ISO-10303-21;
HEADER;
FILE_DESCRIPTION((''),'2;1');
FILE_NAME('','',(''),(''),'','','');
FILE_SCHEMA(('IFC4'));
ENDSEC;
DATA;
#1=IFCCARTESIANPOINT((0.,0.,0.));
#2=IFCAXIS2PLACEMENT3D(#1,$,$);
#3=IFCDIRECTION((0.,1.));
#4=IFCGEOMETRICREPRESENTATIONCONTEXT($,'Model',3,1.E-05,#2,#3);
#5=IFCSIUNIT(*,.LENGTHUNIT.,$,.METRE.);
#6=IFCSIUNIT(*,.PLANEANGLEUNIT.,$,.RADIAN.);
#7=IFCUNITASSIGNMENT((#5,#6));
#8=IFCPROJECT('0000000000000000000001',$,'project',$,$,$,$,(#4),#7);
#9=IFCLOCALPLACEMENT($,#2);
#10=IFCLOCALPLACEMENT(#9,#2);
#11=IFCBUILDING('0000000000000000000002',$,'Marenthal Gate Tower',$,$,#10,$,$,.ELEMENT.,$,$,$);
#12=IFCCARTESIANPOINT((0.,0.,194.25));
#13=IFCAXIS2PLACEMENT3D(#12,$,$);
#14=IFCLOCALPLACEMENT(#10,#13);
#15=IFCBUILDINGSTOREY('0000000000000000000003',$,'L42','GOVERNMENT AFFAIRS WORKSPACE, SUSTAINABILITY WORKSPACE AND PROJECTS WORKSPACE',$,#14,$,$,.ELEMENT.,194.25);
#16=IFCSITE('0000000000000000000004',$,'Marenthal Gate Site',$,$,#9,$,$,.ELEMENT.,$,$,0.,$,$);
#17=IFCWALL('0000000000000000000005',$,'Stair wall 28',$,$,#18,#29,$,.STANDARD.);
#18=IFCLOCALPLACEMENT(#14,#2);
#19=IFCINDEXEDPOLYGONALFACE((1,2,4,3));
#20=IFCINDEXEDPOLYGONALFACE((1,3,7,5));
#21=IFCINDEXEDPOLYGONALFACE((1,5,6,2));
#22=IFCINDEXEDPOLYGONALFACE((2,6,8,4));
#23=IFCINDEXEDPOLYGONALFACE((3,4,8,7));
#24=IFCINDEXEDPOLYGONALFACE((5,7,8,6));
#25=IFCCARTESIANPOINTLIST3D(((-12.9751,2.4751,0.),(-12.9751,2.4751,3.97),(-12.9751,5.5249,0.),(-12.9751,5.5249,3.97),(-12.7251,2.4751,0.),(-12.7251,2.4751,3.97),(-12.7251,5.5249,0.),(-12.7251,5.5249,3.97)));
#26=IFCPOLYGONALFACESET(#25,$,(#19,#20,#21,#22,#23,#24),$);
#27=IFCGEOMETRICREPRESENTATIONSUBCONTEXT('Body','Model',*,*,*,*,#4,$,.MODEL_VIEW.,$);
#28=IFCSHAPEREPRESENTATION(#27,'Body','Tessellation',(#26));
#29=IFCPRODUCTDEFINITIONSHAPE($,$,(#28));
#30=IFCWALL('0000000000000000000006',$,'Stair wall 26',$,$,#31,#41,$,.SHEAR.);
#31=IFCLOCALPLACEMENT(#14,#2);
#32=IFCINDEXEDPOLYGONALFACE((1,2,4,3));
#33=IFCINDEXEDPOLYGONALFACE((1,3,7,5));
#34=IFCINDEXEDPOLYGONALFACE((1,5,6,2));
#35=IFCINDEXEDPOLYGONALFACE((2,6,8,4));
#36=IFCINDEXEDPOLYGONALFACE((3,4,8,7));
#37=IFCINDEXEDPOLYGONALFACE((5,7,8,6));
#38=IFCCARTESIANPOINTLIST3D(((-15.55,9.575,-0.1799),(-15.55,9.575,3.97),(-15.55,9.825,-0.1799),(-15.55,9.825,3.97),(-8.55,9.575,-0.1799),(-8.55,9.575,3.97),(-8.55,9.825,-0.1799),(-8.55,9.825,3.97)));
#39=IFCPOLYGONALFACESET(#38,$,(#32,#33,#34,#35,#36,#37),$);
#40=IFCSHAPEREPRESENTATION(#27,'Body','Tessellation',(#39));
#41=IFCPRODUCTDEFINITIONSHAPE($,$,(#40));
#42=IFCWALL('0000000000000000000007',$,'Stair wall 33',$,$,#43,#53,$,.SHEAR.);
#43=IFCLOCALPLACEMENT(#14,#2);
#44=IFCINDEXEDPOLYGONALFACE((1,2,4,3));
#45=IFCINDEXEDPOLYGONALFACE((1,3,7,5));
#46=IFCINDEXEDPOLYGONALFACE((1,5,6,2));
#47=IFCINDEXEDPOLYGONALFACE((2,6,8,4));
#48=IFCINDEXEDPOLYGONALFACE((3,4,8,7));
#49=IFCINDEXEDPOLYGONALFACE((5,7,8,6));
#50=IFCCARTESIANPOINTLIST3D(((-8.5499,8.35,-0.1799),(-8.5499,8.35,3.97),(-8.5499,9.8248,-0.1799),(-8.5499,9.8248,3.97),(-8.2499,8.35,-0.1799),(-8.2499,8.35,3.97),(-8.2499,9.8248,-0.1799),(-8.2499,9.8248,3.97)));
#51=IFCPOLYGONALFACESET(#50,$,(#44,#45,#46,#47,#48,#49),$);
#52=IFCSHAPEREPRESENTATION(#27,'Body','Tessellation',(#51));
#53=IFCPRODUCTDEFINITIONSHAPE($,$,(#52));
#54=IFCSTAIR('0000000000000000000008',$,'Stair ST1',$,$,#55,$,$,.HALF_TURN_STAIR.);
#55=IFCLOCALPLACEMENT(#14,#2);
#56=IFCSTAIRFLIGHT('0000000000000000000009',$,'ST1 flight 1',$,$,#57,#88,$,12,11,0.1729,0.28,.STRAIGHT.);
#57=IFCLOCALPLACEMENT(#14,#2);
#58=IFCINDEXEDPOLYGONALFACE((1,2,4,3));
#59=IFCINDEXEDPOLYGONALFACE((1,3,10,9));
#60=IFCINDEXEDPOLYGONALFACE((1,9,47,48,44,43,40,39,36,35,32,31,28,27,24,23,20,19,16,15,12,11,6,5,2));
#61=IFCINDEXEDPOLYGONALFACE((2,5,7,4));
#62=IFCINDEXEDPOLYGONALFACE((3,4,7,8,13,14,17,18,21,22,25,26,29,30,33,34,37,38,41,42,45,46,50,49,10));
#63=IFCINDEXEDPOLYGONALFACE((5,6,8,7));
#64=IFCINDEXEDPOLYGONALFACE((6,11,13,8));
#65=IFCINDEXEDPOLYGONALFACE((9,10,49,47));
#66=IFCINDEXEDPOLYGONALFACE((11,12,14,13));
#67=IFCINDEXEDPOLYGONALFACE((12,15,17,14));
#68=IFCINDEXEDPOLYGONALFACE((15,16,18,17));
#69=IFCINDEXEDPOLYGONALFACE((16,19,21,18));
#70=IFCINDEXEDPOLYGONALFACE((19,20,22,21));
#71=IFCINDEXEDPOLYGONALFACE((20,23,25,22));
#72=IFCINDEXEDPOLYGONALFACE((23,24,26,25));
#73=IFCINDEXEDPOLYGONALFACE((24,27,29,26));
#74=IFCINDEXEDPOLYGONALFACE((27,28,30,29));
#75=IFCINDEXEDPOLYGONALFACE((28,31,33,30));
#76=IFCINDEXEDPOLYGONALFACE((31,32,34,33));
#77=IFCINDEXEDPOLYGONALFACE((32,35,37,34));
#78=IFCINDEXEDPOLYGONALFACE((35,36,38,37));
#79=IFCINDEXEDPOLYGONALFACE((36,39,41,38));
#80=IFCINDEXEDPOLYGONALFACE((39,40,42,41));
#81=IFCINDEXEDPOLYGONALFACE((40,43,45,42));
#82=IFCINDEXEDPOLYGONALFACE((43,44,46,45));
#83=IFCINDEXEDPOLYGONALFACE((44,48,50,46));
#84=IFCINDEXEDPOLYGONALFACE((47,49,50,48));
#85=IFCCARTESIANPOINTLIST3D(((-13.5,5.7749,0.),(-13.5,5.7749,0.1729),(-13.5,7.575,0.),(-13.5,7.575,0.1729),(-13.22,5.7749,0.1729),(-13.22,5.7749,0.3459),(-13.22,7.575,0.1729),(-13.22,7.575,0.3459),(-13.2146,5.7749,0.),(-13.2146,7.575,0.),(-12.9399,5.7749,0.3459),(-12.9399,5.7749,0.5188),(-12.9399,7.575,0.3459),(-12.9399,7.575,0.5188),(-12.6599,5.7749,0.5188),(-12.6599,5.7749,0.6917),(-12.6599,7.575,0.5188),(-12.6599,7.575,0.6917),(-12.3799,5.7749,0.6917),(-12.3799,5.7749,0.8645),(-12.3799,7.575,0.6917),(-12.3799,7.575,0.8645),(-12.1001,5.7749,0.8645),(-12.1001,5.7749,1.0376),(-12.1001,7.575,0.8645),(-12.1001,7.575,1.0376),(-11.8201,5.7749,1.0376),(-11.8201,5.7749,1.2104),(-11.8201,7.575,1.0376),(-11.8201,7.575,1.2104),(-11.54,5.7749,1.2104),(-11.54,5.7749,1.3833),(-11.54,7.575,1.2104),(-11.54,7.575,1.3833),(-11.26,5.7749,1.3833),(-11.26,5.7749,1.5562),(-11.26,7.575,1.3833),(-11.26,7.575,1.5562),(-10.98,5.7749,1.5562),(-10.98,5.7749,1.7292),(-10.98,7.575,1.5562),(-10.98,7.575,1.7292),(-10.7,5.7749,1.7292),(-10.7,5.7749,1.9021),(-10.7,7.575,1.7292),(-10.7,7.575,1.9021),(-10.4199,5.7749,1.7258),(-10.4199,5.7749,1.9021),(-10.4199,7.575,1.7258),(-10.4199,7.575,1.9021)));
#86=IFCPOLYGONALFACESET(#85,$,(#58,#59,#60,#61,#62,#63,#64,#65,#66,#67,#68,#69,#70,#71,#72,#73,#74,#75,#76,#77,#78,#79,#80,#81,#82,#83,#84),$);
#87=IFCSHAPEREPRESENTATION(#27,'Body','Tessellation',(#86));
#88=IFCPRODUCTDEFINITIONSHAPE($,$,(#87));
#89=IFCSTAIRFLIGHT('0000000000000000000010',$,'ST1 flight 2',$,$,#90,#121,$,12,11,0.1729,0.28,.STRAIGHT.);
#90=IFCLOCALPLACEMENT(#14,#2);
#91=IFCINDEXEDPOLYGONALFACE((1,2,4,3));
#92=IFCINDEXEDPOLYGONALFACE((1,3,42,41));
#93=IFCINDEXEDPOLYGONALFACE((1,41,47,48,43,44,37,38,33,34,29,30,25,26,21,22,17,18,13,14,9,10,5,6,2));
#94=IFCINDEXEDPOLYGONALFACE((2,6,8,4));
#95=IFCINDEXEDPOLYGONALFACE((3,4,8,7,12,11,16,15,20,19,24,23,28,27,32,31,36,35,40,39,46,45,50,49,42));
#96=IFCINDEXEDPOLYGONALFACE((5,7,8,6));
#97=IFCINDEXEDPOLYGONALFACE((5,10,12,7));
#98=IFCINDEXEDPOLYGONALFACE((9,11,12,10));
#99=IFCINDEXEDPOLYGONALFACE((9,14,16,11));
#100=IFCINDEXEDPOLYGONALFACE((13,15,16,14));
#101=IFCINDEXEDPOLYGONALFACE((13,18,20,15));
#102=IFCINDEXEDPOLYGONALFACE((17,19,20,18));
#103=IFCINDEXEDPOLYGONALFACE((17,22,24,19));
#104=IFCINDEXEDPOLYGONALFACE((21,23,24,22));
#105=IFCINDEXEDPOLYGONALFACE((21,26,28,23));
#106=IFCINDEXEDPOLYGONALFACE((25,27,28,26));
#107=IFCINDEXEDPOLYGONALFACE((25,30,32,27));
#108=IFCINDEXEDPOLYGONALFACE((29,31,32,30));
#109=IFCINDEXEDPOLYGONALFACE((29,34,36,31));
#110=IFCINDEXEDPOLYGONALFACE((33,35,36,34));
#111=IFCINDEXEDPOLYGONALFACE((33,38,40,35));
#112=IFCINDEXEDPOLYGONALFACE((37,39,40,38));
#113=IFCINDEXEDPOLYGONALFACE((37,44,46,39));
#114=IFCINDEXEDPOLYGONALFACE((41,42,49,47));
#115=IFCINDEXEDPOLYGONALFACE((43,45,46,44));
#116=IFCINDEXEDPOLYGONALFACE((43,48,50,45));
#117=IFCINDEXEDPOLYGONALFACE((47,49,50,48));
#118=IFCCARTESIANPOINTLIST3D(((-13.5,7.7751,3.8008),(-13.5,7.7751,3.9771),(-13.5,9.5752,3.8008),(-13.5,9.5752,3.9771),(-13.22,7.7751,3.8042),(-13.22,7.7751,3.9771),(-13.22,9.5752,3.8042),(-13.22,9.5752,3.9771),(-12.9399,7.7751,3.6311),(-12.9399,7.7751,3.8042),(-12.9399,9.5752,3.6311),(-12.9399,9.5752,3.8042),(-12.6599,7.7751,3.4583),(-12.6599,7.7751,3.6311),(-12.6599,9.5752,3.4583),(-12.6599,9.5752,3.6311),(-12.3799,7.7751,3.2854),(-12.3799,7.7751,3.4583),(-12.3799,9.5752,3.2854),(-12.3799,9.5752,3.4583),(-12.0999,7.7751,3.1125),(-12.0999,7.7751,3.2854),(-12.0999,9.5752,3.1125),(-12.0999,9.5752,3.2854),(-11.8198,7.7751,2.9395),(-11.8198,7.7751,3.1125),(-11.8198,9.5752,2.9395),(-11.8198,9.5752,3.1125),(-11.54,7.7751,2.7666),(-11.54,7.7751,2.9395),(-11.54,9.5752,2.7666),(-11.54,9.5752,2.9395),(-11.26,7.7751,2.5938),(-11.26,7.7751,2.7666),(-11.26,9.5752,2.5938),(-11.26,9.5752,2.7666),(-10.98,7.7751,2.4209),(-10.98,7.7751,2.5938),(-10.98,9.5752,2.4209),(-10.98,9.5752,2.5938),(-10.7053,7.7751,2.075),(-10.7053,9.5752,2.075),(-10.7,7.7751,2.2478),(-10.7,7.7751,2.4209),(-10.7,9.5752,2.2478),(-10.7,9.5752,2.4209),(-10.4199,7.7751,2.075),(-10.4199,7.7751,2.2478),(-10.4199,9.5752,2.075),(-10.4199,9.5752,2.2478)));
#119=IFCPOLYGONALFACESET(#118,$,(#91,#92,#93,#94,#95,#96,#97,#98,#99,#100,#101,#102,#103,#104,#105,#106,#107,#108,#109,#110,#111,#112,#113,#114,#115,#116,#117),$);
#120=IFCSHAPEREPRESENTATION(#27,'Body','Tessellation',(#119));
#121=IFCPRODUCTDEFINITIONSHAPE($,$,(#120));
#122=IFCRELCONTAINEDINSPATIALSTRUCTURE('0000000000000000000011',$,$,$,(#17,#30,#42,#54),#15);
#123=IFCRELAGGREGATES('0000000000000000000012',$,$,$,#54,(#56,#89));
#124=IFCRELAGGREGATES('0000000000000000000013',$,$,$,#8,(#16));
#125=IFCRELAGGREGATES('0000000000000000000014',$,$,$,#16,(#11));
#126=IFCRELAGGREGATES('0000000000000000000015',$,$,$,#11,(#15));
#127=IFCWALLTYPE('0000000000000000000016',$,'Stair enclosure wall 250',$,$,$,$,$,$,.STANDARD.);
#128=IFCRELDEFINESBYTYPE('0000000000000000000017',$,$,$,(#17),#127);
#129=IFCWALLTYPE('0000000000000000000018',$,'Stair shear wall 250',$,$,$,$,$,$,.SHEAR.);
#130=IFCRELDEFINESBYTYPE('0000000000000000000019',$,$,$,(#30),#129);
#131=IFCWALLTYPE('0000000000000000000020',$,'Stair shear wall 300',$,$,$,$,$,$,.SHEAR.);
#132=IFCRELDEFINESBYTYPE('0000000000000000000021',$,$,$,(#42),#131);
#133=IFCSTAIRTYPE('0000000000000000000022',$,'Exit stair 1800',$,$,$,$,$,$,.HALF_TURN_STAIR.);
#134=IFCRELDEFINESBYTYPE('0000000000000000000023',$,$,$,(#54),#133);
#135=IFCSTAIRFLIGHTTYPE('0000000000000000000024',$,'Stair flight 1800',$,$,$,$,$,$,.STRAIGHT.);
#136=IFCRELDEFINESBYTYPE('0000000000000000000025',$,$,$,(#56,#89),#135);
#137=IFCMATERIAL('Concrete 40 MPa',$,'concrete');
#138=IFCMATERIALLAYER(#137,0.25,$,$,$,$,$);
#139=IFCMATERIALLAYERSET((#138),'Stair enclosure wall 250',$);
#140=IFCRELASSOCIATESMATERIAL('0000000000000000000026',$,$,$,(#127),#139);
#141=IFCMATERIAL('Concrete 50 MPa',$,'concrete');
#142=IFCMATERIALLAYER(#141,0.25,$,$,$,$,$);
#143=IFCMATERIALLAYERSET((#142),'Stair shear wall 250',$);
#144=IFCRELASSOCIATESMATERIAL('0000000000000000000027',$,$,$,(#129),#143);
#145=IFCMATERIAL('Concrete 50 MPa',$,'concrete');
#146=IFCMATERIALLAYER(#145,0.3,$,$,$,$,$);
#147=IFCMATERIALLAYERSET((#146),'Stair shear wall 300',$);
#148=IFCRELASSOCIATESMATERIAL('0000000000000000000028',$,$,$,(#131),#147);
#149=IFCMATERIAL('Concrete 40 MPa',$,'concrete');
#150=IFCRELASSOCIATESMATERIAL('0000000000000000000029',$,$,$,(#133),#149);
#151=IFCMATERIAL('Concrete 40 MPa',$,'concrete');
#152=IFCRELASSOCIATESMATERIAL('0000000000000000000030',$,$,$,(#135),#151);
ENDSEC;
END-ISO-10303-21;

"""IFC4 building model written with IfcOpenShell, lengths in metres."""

from ifc_helpers import new_model, si_unit, direction, frame, frame_2d, origin, place, context, subcontext, project, spatial, polyline, rectangle, outline, extrude, material, layer, layer_set, type_object, element, aggregate, save


model = new_model("IFC4")

# Units and contexts
model_context = context("Model", 3, precision=1e-05, world=origin(), true_north=direction((0.0, 1.0)))
body_context = subcontext(model_context, "Body", "Model", "MODEL_VIEW")
ifc_project = project(units=[si_unit("LENGTHUNIT", "METRE"), si_unit("PLANEANGLEUNIT", "RADIAN")], contexts=[model_context])

# Site, building, storey
site_placement = place(None, origin())
site = spatial("IfcSite", under=ifc_project, at=site_placement, Name="Marenthal Gate Site", CompositionType="ELEMENT", RefElevation=0.0)
building_placement = place(site_placement, origin())
building = spatial("IfcBuilding", under=site, at=building_placement, Name="Marenthal Gate Tower", CompositionType="ELEMENT")
storey_placement = place(building_placement, frame((0.0, 0.0, 194.25)))
storey = spatial("IfcBuildingStorey", under=building, at=storey_placement, Name="L42", Description="GOVERNMENT AFFAIRS WORKSPACE, SUSTAINABILITY WORKSPACE AND PROJECTS WORKSPACE", CompositionType="ELEMENT", Elevation=194.25)

# Walls
ifc_material_1 = material(Name="Concrete 40 MPa", Category="concrete")
ifc_layer_1 = layer(ifc_material_1, 0.25)
ifc_layer_set_1 = layer_set([ifc_layer_1], Name="Stair enclosure wall 250")
wall_type_1 = type_object("IfcWallType", Name="Stair enclosure wall 250", PredefinedType="STANDARD", material=ifc_layer_set_1)
wall_1_placement = place(storey_placement, frame((-12.8501, 2.4751, 0.0), z_axis=(0.0, 0.0, 1.0), x_axis=(0.0, 1.0, 0.0)))
element("IfcWall", 1, at=wall_1_placement, inside=storey, type_object=wall_type_1, Name="Stair wall 28", PredefinedType="STANDARD", context=body_context, shape_type="SweptSolid", body=[
    extrude(rectangle(XDim=3.0498, YDim=0.25, at=frame_2d((1.5249, 0.0))), origin(), (0.0, 0.0, 1.0), 3.97),
])
ifc_material_2 = material(Name="Concrete 50 MPa", Category="concrete")
ifc_layer_2 = layer(ifc_material_2, 0.25)
ifc_layer_set_2 = layer_set([ifc_layer_2], Name="Stair shear wall 250")
wall_type_2 = type_object("IfcWallType", Name="Stair shear wall 250", PredefinedType="SHEAR", material=ifc_layer_set_2)
wall_2_placement = place(storey_placement, frame((-15.55, 9.7, -0.1799), z_axis=(0.0, 0.0, 1.0), x_axis=(1.0, 0.0, 0.0)))
element("IfcWall", 2, at=wall_2_placement, inside=storey, type_object=wall_type_2, Name="Stair wall 26", PredefinedType="SHEAR", context=body_context, shape_type="SweptSolid", body=[
    extrude(rectangle(XDim=7.0, YDim=0.25, at=frame_2d((3.5, 0.0))), origin(), (0.0, 0.0, 1.0), 4.1499),
])
ifc_material_3 = material(Name="Concrete 50 MPa", Category="concrete")
ifc_layer_3 = layer(ifc_material_3, 0.3)
ifc_layer_set_3 = layer_set([ifc_layer_3], Name="Stair shear wall 300")
wall_type_3 = type_object("IfcWallType", Name="Stair shear wall 300", PredefinedType="SHEAR", material=ifc_layer_set_3)
wall_3_placement = place(storey_placement, frame((-8.3999, 8.3501, -0.1799), z_axis=(0.0, 0.0, 1.0), x_axis=(0.0, 1.0, 0.0)))
element("IfcWall", 3, at=wall_3_placement, inside=storey, type_object=wall_type_3, Name="Stair wall 33", PredefinedType="SHEAR", context=body_context, shape_type="SweptSolid", body=[
    extrude(rectangle(XDim=1.4749, YDim=0.3, at=frame_2d((0.7373, 0.0))), origin(), (0.0, 0.0, 1.0), 4.1499),
])

# Stair, stair flights
ifc_material_4 = material(Name="Concrete 40 MPa", Category="concrete")
stair_type = type_object("IfcStairType", Name="Exit stair 1800", PredefinedType="HALF_TURN_STAIR", material=ifc_material_4)
stair_placement = place(storey_placement, origin())
stair = element("IfcStair", 4, at=stair_placement, inside=storey, type_object=stair_type, Name="Stair ST1", PredefinedType="HALF_TURN_STAIR")
ifc_material_5 = material(Name="Concrete 40 MPa", Category="concrete")
stair_flight_type = type_object("IfcStairFlightType", Name="Stair flight 1800", PredefinedType="STRAIGHT", material=ifc_material_5)
stair_flight_1_placement = place(storey_placement, frame((-13.5, 6.675, 0.0), z_axis=(0.0, 0.0, 1.0), x_axis=(1.0, 0.0, 0.0)))
stair_flight_1 = element("IfcStairFlight", 5, at=stair_flight_1_placement, type_object=stair_flight_type, Name="ST1 flight 1", NumberOfRisers=12, NumberOfTreads=11, PredefinedType="STRAIGHT", RiserHeight=0.1729, TreadLength=0.28, context=body_context, shape_type="SweptSolid", body=[
    extrude(outline(polyline([(0.0, 0.0), (0.0, 0.1729), (0.28, 0.1729), (0.28, 0.3459), (0.5601, 0.3459), (0.5601, 0.5188), (0.8401, 0.5188), (0.8401, 0.6917), (1.1201, 0.6917), (1.1201, 0.8645), (1.3999, 0.8645), (1.3999, 1.0376), (1.6799, 1.0376), (1.6799, 1.2104), (1.96, 1.2104), (1.96, 1.3833), (2.24, 1.3833), (2.24, 1.5562), (2.52, 1.5562), (2.52, 1.7292), (2.8, 1.7292), (2.8, 1.9021), (3.0801, 1.9021), (3.0801, 2.075), (3.0801, 1.7258), (0.2854, 0.0), (0.0, 0.0)])), frame((0.0, 0.8999, 0.0), z_axis=(0.0, -1.0, 0.0), x_axis=(1.0, 0.0, 0.0)), (0.0, 0.0, 1.0), 1.8),
])
stair_flight_2_placement = place(storey_placement, frame((-10.4199, 8.675, 2.075), z_axis=(0.0, 0.0, 1.0), x_axis=(-1.0, 0.0, 0.0)))
stair_flight_2 = element("IfcStairFlight", 6, at=stair_flight_2_placement, type_object=stair_flight_type, Name="ST1 flight 2", NumberOfRisers=12, NumberOfTreads=11, PredefinedType="STRAIGHT", RiserHeight=0.1729, TreadLength=0.28, context=body_context, shape_type="SweptSolid", body=[
    extrude(outline(polyline([(0.0, 0.0), (0.0, 0.1729), (0.28, 0.1729), (0.28, 0.3459), (0.5601, 0.3459), (0.5601, 0.5188), (0.8401, 0.5188), (0.8401, 0.6917), (1.1201, 0.6917), (1.1201, 0.8645), (1.3999, 0.8645), (1.3999, 1.0376), (1.6799, 1.0376), (1.6799, 1.2104), (1.96, 1.2104), (1.96, 1.3833), (2.24, 1.3833), (2.24, 1.5562), (2.52, 1.5562), (2.52, 1.7292), (2.8, 1.7292), (2.8, 1.9021), (3.0801, 1.9021), (3.0801, 2.075), (3.0801, 1.7258), (0.2854, 0.0), (0.0, 0.0)])), frame((0.0, 0.8999, 0.0), z_axis=(0.0, -1.0, 0.0), x_axis=(1.0, 0.0, 0.0)), (0.0, 0.0, 1.0), 1.8),
])
aggregate(stair, [stair_flight_1, stair_flight_2])

save(model, "model.ifc")
